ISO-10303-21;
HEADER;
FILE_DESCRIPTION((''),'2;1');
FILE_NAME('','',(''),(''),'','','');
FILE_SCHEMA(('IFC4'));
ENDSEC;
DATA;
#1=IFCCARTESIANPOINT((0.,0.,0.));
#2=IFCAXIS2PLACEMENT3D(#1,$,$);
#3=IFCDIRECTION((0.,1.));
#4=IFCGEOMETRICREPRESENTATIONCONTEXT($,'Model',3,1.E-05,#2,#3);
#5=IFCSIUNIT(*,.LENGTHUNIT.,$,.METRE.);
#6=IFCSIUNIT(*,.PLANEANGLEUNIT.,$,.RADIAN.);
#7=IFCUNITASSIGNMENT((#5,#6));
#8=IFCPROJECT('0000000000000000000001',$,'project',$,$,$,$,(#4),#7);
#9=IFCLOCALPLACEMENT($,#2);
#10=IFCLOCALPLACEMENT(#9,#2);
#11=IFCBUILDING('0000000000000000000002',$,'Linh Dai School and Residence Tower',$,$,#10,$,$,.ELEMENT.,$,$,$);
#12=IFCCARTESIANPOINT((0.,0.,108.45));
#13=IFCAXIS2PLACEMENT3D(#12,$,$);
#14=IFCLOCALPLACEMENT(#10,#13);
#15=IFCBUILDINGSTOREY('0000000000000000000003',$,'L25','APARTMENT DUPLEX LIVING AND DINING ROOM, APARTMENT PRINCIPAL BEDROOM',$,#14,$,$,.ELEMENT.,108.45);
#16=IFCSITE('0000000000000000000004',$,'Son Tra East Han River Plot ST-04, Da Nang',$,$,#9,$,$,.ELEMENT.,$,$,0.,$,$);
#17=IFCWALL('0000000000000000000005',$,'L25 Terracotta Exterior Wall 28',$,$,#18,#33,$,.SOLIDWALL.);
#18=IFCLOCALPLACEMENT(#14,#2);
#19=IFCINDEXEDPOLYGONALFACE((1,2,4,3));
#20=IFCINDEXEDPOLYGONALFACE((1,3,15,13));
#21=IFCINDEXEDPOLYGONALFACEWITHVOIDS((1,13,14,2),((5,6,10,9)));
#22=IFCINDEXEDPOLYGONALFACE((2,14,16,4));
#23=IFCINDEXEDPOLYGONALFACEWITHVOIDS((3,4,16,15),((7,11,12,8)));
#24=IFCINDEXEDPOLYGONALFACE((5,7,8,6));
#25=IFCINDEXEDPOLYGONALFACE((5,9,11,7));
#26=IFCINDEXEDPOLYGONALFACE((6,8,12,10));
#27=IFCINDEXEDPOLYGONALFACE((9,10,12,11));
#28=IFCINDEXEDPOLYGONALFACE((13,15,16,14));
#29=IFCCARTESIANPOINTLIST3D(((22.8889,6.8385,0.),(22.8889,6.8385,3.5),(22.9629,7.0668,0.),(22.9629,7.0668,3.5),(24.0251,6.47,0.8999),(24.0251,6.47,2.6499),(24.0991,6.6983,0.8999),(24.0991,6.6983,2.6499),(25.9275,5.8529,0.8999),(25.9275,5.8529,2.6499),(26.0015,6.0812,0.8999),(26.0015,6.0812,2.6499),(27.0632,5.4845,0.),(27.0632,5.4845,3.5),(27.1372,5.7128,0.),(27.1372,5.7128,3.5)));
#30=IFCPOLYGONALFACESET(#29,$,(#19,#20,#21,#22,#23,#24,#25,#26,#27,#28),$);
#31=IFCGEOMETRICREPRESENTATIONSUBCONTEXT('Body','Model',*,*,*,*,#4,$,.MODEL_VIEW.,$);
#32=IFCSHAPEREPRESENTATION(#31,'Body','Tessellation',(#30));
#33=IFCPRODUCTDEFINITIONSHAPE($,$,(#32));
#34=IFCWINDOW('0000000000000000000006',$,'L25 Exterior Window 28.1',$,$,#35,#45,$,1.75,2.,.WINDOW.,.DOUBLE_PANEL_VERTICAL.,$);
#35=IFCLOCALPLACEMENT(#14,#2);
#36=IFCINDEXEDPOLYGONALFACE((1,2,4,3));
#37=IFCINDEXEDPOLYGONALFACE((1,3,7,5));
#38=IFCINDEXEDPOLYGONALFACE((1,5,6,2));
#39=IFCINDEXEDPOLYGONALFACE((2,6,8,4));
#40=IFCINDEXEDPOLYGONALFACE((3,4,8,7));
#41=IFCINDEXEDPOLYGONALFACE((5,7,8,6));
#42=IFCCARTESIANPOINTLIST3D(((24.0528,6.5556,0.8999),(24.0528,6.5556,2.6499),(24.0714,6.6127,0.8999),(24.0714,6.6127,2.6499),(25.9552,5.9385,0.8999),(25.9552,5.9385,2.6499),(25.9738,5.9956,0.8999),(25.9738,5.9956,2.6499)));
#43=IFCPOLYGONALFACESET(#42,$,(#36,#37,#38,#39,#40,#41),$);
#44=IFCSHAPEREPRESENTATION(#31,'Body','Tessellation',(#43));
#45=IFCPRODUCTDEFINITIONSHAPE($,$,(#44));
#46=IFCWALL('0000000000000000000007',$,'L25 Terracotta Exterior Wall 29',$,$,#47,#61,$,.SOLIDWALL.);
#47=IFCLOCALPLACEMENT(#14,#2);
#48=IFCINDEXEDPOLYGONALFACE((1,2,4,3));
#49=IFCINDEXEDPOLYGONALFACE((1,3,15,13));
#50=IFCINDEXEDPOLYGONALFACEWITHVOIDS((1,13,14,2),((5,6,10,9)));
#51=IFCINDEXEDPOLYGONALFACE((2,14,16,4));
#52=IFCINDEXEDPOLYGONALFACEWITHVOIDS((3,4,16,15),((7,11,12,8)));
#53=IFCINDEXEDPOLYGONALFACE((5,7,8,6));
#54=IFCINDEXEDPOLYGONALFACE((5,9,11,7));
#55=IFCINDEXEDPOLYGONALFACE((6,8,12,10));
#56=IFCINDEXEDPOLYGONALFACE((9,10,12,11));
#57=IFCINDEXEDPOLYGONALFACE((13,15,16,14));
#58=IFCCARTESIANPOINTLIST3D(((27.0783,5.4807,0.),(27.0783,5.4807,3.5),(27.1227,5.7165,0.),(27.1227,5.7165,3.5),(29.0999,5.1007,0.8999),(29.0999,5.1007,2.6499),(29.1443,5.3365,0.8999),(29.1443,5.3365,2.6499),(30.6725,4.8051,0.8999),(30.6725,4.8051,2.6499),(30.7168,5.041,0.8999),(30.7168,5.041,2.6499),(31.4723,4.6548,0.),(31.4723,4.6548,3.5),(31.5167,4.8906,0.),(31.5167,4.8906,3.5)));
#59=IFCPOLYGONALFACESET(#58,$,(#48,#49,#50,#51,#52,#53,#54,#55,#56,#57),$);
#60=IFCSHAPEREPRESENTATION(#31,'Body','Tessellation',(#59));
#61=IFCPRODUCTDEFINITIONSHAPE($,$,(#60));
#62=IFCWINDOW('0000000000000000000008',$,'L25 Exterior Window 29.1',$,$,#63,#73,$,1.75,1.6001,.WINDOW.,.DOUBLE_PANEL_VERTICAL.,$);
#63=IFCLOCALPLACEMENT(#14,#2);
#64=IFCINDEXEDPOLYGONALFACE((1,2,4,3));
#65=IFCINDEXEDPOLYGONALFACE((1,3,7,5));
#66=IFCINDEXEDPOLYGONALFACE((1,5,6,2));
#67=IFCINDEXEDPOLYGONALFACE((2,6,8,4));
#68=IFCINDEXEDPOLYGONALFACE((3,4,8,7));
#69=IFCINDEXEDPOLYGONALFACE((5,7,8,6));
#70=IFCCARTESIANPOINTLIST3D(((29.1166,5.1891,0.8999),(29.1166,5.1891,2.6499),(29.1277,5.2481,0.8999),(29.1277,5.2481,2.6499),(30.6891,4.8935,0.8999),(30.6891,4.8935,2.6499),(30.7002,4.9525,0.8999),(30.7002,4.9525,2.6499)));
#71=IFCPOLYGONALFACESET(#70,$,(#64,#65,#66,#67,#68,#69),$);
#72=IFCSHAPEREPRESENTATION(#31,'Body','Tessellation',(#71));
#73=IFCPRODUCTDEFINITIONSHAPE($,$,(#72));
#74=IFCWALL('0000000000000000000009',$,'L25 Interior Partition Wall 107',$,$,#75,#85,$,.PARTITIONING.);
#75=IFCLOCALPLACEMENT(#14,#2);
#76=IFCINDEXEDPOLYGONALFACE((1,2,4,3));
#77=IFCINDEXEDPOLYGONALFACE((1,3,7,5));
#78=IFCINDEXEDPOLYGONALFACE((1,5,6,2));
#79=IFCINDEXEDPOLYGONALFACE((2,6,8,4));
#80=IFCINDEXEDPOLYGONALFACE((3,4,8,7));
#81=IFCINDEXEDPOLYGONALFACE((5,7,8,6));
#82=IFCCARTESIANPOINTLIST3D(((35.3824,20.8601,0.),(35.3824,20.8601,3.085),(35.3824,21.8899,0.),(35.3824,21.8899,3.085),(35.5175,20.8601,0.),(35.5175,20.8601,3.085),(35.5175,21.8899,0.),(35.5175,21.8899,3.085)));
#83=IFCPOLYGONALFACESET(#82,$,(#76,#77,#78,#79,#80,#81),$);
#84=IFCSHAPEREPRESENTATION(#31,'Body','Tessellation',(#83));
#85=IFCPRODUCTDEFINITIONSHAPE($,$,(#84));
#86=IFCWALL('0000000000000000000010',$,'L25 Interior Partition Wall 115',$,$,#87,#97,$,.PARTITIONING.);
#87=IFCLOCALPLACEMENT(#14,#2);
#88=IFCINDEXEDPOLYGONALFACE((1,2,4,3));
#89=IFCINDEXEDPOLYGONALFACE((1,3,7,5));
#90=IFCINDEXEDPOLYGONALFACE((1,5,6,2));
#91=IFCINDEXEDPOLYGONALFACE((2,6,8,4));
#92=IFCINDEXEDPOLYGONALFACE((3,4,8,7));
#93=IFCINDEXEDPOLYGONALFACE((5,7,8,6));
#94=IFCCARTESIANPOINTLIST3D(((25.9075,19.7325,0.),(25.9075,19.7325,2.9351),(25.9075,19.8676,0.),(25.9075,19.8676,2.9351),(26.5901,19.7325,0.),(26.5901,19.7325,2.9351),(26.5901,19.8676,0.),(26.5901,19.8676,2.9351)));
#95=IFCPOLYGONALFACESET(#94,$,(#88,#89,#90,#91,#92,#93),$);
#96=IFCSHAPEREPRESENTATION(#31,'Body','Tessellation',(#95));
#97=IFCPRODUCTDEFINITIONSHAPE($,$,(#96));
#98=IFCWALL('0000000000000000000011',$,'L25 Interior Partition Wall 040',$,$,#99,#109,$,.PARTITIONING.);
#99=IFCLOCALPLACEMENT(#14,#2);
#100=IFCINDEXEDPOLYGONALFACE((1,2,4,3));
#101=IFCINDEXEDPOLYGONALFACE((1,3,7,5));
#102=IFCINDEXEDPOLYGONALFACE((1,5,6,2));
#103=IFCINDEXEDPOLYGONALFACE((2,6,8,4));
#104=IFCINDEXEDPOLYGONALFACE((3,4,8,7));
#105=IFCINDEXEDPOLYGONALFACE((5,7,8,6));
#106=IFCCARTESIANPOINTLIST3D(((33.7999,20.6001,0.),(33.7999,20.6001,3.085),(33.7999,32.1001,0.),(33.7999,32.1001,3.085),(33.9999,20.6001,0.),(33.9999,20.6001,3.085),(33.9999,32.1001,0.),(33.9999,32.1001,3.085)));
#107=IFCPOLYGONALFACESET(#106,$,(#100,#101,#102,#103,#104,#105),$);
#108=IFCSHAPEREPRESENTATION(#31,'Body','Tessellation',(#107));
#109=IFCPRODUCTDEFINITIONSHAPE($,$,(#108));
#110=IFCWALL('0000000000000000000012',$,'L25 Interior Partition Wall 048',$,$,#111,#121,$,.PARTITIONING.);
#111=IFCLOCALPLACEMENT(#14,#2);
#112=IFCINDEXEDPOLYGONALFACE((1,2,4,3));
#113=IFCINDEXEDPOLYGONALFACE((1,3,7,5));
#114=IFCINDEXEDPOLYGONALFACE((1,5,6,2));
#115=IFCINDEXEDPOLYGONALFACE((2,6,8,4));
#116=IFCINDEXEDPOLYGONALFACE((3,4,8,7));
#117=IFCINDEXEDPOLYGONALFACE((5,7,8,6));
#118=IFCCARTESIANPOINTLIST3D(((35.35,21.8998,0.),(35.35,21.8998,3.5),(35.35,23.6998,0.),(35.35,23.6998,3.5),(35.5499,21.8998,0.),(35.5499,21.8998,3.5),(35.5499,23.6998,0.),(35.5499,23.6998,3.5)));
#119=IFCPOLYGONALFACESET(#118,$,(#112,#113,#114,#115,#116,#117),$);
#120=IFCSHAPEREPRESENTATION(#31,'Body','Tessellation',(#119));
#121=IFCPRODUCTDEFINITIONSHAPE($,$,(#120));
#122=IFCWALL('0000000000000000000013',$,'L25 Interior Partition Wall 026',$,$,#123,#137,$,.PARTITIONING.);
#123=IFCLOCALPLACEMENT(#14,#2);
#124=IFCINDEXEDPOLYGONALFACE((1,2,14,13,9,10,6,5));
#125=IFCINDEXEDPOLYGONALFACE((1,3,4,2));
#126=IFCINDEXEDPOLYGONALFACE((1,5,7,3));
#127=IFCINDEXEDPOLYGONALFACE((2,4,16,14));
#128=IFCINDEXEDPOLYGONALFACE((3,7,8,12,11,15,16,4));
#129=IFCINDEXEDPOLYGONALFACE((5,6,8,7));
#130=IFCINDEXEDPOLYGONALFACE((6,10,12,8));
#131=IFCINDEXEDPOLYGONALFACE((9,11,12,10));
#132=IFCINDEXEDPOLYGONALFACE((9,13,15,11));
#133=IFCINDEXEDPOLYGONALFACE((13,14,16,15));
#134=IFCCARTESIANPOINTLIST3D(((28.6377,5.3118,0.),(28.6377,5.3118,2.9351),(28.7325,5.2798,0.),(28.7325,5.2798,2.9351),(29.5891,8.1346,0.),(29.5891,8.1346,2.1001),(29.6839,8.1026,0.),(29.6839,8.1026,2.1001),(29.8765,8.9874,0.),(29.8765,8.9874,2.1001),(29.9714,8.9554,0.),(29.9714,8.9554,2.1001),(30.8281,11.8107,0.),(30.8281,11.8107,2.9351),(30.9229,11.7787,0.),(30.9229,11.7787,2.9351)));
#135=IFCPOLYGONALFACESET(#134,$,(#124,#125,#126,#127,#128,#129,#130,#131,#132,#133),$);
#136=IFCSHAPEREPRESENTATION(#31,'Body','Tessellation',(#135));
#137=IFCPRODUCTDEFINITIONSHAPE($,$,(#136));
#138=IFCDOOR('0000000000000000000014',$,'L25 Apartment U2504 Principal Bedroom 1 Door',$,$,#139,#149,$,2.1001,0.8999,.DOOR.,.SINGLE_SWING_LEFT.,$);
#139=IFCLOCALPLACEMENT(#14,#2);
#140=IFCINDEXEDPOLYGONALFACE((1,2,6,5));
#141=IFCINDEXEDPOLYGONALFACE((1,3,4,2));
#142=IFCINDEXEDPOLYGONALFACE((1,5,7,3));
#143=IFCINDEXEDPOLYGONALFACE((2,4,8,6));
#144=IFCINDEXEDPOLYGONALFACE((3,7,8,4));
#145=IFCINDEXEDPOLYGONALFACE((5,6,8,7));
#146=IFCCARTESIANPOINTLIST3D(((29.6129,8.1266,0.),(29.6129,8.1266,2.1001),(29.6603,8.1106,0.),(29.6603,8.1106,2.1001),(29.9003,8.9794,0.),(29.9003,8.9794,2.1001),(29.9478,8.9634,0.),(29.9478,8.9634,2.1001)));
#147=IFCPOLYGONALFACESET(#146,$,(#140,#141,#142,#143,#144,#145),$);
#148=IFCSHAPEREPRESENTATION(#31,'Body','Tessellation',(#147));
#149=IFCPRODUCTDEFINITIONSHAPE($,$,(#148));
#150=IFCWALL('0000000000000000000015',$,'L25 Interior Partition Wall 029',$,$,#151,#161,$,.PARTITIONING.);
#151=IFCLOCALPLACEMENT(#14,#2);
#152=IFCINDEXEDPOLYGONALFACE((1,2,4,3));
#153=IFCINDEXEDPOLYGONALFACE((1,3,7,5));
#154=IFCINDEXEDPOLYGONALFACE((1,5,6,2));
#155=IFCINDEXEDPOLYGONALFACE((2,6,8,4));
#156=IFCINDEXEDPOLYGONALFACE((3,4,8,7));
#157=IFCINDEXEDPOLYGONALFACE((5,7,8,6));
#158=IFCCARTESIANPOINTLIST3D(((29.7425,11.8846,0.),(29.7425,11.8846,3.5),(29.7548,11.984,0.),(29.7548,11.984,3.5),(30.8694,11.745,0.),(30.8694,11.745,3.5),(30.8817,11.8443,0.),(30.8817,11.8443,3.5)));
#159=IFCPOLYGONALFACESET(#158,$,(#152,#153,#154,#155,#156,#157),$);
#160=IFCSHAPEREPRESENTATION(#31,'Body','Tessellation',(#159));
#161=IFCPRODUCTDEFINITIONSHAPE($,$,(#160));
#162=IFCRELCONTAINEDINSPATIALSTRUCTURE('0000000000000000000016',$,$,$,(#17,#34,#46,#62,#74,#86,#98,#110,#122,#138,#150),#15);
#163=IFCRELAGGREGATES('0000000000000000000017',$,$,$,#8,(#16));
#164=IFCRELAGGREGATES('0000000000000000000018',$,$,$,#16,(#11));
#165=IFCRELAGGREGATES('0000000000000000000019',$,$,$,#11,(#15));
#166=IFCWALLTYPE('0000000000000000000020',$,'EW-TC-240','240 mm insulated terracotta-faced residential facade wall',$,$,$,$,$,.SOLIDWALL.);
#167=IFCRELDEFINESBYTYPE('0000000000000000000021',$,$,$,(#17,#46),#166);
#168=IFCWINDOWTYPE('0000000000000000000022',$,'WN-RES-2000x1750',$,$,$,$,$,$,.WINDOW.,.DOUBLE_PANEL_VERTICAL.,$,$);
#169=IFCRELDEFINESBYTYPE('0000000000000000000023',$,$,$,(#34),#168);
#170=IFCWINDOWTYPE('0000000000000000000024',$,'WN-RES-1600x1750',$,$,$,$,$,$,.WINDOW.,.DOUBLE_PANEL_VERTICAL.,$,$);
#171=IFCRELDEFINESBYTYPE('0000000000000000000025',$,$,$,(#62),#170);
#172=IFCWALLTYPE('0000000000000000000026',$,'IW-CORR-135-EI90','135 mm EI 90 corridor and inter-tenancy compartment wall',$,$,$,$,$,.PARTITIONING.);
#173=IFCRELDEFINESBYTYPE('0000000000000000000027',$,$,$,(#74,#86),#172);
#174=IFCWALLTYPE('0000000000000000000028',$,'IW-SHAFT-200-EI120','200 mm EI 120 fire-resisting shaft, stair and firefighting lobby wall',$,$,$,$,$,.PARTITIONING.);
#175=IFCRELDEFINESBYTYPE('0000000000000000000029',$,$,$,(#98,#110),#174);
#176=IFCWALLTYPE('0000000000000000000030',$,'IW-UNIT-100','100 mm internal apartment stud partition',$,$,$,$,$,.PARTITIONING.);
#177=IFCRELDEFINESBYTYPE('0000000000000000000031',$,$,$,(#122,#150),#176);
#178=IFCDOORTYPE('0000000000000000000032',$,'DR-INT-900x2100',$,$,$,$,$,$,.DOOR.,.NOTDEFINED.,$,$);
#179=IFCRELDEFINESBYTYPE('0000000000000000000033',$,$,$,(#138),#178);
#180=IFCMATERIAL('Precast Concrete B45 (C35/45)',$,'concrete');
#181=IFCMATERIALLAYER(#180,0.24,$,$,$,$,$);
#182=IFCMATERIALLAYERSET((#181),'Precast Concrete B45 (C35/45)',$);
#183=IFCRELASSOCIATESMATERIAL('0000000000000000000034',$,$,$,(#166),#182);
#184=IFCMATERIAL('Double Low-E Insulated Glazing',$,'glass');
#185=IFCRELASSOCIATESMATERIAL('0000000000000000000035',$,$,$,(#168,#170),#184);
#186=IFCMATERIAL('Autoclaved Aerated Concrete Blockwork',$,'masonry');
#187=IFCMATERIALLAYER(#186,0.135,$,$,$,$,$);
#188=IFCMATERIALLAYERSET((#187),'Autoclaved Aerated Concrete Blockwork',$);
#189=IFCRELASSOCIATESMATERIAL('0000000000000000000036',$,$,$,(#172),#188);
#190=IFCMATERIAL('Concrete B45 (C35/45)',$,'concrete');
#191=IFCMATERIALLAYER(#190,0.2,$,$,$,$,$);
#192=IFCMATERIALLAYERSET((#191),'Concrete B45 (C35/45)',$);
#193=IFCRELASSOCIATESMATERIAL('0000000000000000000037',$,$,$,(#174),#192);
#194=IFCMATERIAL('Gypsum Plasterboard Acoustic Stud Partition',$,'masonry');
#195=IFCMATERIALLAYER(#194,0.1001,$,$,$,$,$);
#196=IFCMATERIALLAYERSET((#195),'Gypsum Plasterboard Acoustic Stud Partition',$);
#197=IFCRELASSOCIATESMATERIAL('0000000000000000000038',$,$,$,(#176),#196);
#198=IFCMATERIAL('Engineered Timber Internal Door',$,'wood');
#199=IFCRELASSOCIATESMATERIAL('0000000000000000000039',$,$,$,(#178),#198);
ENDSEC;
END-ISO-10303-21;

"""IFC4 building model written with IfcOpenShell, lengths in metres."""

from ifc_helpers import new_model, si_unit, direction, frame, frame_2d, origin, origin_2d, place, context, subcontext, project, spatial, rectangle, extrude, source, transform, mapped, material, layer, layer_set, type_object, element, fill, save


model = new_model("IFC4")

# Units and contexts
model_context = context("Model", 3, precision=1e-05, world=origin(), true_north=direction((0.0, 1.0)))
body_context = subcontext(model_context, "Body", "Model", "MODEL_VIEW")
ifc_project = project(units=[si_unit("LENGTHUNIT", "METRE"), si_unit("PLANEANGLEUNIT", "RADIAN")], contexts=[model_context])

# Site, building, storey
site_placement = place(None, origin())
site = spatial("IfcSite", under=ifc_project, at=site_placement, Name="Son Tra East Han River Plot ST-04, Da Nang", CompositionType="ELEMENT", RefElevation=0.0)
building_placement = place(site_placement, origin())
building = spatial("IfcBuilding", under=site, at=building_placement, Name="Linh Dai School and Residence Tower", CompositionType="ELEMENT")
storey_placement = place(building_placement, frame((0.0, 0.0, 108.45)))
storey = spatial("IfcBuildingStorey", under=building, at=storey_placement, Name="L25", Description="APARTMENT DUPLEX LIVING AND DINING ROOM, APARTMENT PRINCIPAL BEDROOM", CompositionType="ELEMENT", Elevation=108.45)

# Shared definitions
ifc_material_1 = material(Name="Precast Concrete B45 (C35/45)", Category="concrete")

# Walls, openings, windows
ifc_layer_1 = layer(ifc_material_1, 0.24)
ifc_layer_set_1 = layer_set([ifc_layer_1], Name="Precast Concrete B45 (C35/45)")
wall_type_1 = type_object("IfcWallType", Name="EW-TC-240", Description="240 mm insulated terracotta-faced residential facade wall", PredefinedType="SOLIDWALL", material=ifc_layer_set_1)
wall_1_placement = place(storey_placement, frame((27.1003, 5.5986, 0.0), z_axis=(0.0, 0.0, 1.0), x_axis=(-0.951211, 0.30854, 0.0)))
wall_1 = element("IfcWall", 1, at=wall_1_placement, inside=storey, type_object=wall_type_1, Name="L25 Terracotta Exterior Wall 28", PredefinedType="SOLIDWALL", context=body_context, shape_type="SweptSolid", body=[
    extrude(rectangle(XDim=4.3884, YDim=0.24, at=frame_2d((2.1943, 0.0))), origin(), (0.0, 0.0, 1.0), 3.5),
])
opening_1_placement = place(wall_1_placement, frame((1.1941, 0.0, 0.8999)))
opening_1 = element("IfcOpeningElement", 2, at=opening_1_placement, cuts=wall_1, PredefinedType="OPENING", context=body_context, shape_type="SweptSolid", body=[
    extrude(rectangle(XDim=2.0, YDim=1.75, at=origin_2d()), frame((1.0, 0.1299, 0.875), z_axis=(0.0, -1.0, 0.0), x_axis=(1.0, 0.0, 0.0)), (0.0, 0.0, 1.0), 0.26),
])
ifc_material_2 = material(Name="Double Low-E Insulated Glazing", Category="glass")
window_type_1 = type_object("IfcWindowType", Name="WN-RES-2000x1750", PartitioningType="DOUBLE_PANEL_VERTICAL", PredefinedType="WINDOW", material=ifc_material_2)
shared_shape_1 = source(origin(), body_context, "Body", "SweptSolid", [
    extrude(rectangle(XDim=2.0, YDim=1.75, at=origin_2d()), frame((1.0, 0.03, 0.875), z_axis=(0.0, -1.0, 0.0), x_axis=(1.0, 0.0, 0.0)), (0.0, 0.0, 1.0), 0.0601),
])
window_1_placement = place(opening_1_placement, origin())
window_1 = element("IfcWindow", 3, at=window_1_placement, inside=storey, type_object=window_type_1, Name="L25 Exterior Window 28.1", OverallHeight=1.75, OverallWidth=2.0, PartitioningType="DOUBLE_PANEL_VERTICAL", PredefinedType="WINDOW", context=body_context, shape_type="MappedRepresentation", body=[
    mapped(shared_shape_1, transform((0.0, 0.0, 0.0), x_axis=(1.0, 0.0, 0.0), y_axis=(0.0, 1.0, 0.0), z_axis=(0.0, 0.0, 1.0), scale=1.0)),
])
fill(opening_1, window_1)
wall_2_placement = place(storey_placement, frame((31.4944, 4.7727, 0.0), z_axis=(0.0, 0.0, 1.0), x_axis=(-0.982789, 0.18473, 0.0)))
wall_2 = element("IfcWall", 4, at=wall_2_placement, inside=storey, type_object=wall_type_1, Name="L25 Terracotta Exterior Wall 29", PredefinedType="SOLIDWALL", context=body_context, shape_type="SweptSolid", body=[
    extrude(rectangle(XDim=4.4709, YDim=0.24, at=frame_2d((2.2354, 0.0))), origin(), (0.0, 0.0, 1.0), 3.5),
])
opening_2_placement = place(wall_2_placement, frame((0.8137, 0.0, 0.8999)))
opening_2 = element("IfcOpeningElement", 5, at=opening_2_placement, cuts=wall_2, PredefinedType="OPENING", context=body_context, shape_type="SweptSolid", body=[
    extrude(rectangle(XDim=1.6001, YDim=1.75, at=origin_2d()), frame((0.8, 0.1299, 0.875), z_axis=(0.0, -1.0, 0.0), x_axis=(1.0, 0.0, 0.0)), (0.0, 0.0, 1.0), 0.26),
])
window_type_2 = type_object("IfcWindowType", Name="WN-RES-1600x1750", PartitioningType="DOUBLE_PANEL_VERTICAL", PredefinedType="WINDOW", material=ifc_material_2)
shared_shape_2 = source(origin(), body_context, "Body", "SweptSolid", [
    extrude(rectangle(XDim=1.6001, YDim=1.75, at=origin_2d()), frame((0.8, 0.03, 0.875), z_axis=(0.0, -1.0, 0.0), x_axis=(1.0, 0.0, 0.0)), (0.0, 0.0, 1.0), 0.0601),
])
window_2_placement = place(opening_2_placement, origin())
window_2 = element("IfcWindow", 6, at=window_2_placement, inside=storey, type_object=window_type_2, Name="L25 Exterior Window 29.1", OverallHeight=1.75, OverallWidth=1.6001, PartitioningType="DOUBLE_PANEL_VERTICAL", PredefinedType="WINDOW", context=body_context, shape_type="MappedRepresentation", body=[
    mapped(shared_shape_2, transform((0.0, 0.0, 0.0), x_axis=(1.0, 0.0, 0.0), y_axis=(0.0, 1.0, 0.0), z_axis=(0.0, 0.0, 1.0), scale=1.0)),
])
fill(opening_2, window_2)

# Walls
ifc_material_3 = material(Name="Autoclaved Aerated Concrete Blockwork", Category="masonry")
ifc_layer_2 = layer(ifc_material_3, 0.135)
ifc_layer_set_2 = layer_set([ifc_layer_2], Name="Autoclaved Aerated Concrete Blockwork")
wall_type_2 = type_object("IfcWallType", Name="IW-CORR-135-EI90", Description="135 mm EI 90 corridor and inter-tenancy compartment wall", PredefinedType="PARTITIONING", material=ifc_layer_set_2)
wall_3_placement = place(storey_placement, frame((35.45, 21.8899, 0.0), z_axis=(0.0, 0.0, 1.0), x_axis=(0.0, -1.0, 0.0)))
element("IfcWall", 7, at=wall_3_placement, inside=storey, type_object=wall_type_2, Name="L25 Interior Partition Wall 107", PredefinedType="PARTITIONING", context=body_context, shape_type="SweptSolid", body=[
    extrude(rectangle(XDim=1.0298, YDim=0.135, at=frame_2d((0.5149, 0.0))), origin(), (0.0, 0.0, 1.0), 3.085),
])
wall_4_placement = place(storey_placement, frame((25.9075, 19.8, 0.0), z_axis=(0.0, 0.0, 1.0), x_axis=(1.0, 0.0, 0.0)))
element("IfcWall", 8, at=wall_4_placement, inside=storey, type_object=wall_type_2, Name="L25 Interior Partition Wall 115", PredefinedType="PARTITIONING", context=body_context, shape_type="SweptSolid", body=[
    extrude(rectangle(XDim=0.6826, YDim=0.135, at=frame_2d((0.3413, 0.0))), origin(), (0.0, 0.0, 1.0), 2.9351),
])
ifc_material_4 = material(Name="Concrete B45 (C35/45)", Category="concrete")
ifc_layer_3 = layer(ifc_material_4, 0.2)
ifc_layer_set_3 = layer_set([ifc_layer_3], Name="Concrete B45 (C35/45)")
wall_type_3 = type_object("IfcWallType", Name="IW-SHAFT-200-EI120", Description="200 mm EI 120 fire-resisting shaft, stair and firefighting lobby wall", PredefinedType="PARTITIONING", material=ifc_layer_set_3)
wall_5_placement = place(storey_placement, frame((33.8999, 20.6001, 0.0), z_axis=(0.0, 0.0, 1.0), x_axis=(0.0, 1.0, 0.0)))
element("IfcWall", 9, at=wall_5_placement, inside=storey, type_object=wall_type_3, Name="L25 Interior Partition Wall 040", PredefinedType="PARTITIONING", context=body_context, shape_type="SweptSolid", body=[
    extrude(rectangle(XDim=11.5, YDim=0.2, at=frame_2d((5.75, 0.0))), origin(), (0.0, 0.0, 1.0), 3.085),
])
wall_6_placement = place(storey_placement, frame((35.45, 21.8999, 0.0), z_axis=(0.0, 0.0, 1.0), x_axis=(0.0, 1.0, 0.0)))
element("IfcWall", 10, at=wall_6_placement, inside=storey, type_object=wall_type_3, Name="L25 Interior Partition Wall 048", PredefinedType="PARTITIONING", context=body_context, shape_type="SweptSolid", body=[
    extrude(rectangle(XDim=1.8, YDim=0.2, at=frame_2d((0.8999, 0.0))), origin(), (0.0, 0.0, 1.0), 3.5),
])

# Wall, opening, door
ifc_material_5 = material(Name="Gypsum Plasterboard Acoustic Stud Partition", Category="masonry")
ifc_layer_4 = layer(ifc_material_5, 0.1001)
ifc_layer_set_4 = layer_set([ifc_layer_4], Name="Gypsum Plasterboard Acoustic Stud Partition")
wall_type_4 = type_object("IfcWallType", Name="IW-UNIT-100", Description="100 mm internal apartment stud partition", PredefinedType="PARTITIONING", material=ifc_layer_set_4)
wall_7_placement = place(storey_placement, frame((28.6851, 5.2957, 0.0), z_axis=(0.0, 0.0, 1.0), x_axis=(0.319387, 0.947624, 0.0)))
wall_7 = element("IfcWall", 11, at=wall_7_placement, inside=storey, type_object=wall_type_4, Name="L25 Interior Partition Wall 026", PredefinedType="PARTITIONING", context=body_context, shape_type="SweptSolid", body=[
    extrude(rectangle(XDim=6.8582, YDim=0.1001, at=frame_2d((3.4292, 0.0))), origin(), (0.0, 0.0, 1.0), 2.9351),
])
opening_3_placement = place(wall_7_placement, frame((2.979, 0.0, 0.0)))
opening_3 = element("IfcOpeningElement", 12, at=opening_3_placement, cuts=wall_7, PredefinedType="OPENING", context=body_context, shape_type="SweptSolid", body=[
    extrude(rectangle(XDim=0.8999, YDim=2.1001, at=origin_2d()), frame((0.45, 0.0601, 1.05), z_axis=(0.0, -1.0, 0.0), x_axis=(1.0, 0.0, 0.0)), (0.0, 0.0, 1.0), 0.1201),
])
ifc_material_6 = material(Name="Engineered Timber Internal Door", Category="wood")
door_type_1 = type_object("IfcDoorType", Name="DR-INT-900x2100", OperationType="NOTDEFINED", PredefinedType="DOOR", material=ifc_material_6)
shared_shape_3 = source(origin(), body_context, "Body", "SweptSolid", [
    extrude(rectangle(XDim=0.8999, YDim=2.1001, at=origin_2d()), frame((0.45, 0.0249, 1.05), z_axis=(0.0, -1.0, 0.0), x_axis=(1.0, 0.0, 0.0)), (0.0, 0.0, 1.0), 0.05),
])
door_1_placement = place(opening_3_placement, origin())
door_1 = element("IfcDoor", 13, at=door_1_placement, inside=storey, type_object=door_type_1, Name="L25 Apartment U2504 Principal Bedroom 1 Door", OperationType="SINGLE_SWING_LEFT", OverallHeight=2.1001, OverallWidth=0.8999, PredefinedType="DOOR", context=body_context, shape_type="MappedRepresentation", body=[
    mapped(shared_shape_3, transform((0.0, 0.0, 0.0), x_axis=(1.0, 0.0, 0.0), y_axis=(0.0, 1.0, 0.0), z_axis=(0.0, 0.0, 1.0), scale=1.0)),
])
fill(opening_3, door_1)

# Wall
wall_8_placement = place(storey_placement, frame((29.7485, 11.9343, 0.0), z_axis=(0.0, 0.0, 1.0), x_axis=(0.99241, -0.122976, 0.0)))
element("IfcWall", 14, at=wall_8_placement, inside=storey, type_object=wall_type_4, Name="L25 Interior Partition Wall 029", PredefinedType="PARTITIONING", context=body_context, shape_type="SweptSolid", body=[
    extrude(rectangle(XDim=1.1355, YDim=0.1001, at=frame_2d((0.5679, 0.0))), origin(), (0.0, 0.0, 1.0), 3.5),
])

save(model, "model.ifc")
